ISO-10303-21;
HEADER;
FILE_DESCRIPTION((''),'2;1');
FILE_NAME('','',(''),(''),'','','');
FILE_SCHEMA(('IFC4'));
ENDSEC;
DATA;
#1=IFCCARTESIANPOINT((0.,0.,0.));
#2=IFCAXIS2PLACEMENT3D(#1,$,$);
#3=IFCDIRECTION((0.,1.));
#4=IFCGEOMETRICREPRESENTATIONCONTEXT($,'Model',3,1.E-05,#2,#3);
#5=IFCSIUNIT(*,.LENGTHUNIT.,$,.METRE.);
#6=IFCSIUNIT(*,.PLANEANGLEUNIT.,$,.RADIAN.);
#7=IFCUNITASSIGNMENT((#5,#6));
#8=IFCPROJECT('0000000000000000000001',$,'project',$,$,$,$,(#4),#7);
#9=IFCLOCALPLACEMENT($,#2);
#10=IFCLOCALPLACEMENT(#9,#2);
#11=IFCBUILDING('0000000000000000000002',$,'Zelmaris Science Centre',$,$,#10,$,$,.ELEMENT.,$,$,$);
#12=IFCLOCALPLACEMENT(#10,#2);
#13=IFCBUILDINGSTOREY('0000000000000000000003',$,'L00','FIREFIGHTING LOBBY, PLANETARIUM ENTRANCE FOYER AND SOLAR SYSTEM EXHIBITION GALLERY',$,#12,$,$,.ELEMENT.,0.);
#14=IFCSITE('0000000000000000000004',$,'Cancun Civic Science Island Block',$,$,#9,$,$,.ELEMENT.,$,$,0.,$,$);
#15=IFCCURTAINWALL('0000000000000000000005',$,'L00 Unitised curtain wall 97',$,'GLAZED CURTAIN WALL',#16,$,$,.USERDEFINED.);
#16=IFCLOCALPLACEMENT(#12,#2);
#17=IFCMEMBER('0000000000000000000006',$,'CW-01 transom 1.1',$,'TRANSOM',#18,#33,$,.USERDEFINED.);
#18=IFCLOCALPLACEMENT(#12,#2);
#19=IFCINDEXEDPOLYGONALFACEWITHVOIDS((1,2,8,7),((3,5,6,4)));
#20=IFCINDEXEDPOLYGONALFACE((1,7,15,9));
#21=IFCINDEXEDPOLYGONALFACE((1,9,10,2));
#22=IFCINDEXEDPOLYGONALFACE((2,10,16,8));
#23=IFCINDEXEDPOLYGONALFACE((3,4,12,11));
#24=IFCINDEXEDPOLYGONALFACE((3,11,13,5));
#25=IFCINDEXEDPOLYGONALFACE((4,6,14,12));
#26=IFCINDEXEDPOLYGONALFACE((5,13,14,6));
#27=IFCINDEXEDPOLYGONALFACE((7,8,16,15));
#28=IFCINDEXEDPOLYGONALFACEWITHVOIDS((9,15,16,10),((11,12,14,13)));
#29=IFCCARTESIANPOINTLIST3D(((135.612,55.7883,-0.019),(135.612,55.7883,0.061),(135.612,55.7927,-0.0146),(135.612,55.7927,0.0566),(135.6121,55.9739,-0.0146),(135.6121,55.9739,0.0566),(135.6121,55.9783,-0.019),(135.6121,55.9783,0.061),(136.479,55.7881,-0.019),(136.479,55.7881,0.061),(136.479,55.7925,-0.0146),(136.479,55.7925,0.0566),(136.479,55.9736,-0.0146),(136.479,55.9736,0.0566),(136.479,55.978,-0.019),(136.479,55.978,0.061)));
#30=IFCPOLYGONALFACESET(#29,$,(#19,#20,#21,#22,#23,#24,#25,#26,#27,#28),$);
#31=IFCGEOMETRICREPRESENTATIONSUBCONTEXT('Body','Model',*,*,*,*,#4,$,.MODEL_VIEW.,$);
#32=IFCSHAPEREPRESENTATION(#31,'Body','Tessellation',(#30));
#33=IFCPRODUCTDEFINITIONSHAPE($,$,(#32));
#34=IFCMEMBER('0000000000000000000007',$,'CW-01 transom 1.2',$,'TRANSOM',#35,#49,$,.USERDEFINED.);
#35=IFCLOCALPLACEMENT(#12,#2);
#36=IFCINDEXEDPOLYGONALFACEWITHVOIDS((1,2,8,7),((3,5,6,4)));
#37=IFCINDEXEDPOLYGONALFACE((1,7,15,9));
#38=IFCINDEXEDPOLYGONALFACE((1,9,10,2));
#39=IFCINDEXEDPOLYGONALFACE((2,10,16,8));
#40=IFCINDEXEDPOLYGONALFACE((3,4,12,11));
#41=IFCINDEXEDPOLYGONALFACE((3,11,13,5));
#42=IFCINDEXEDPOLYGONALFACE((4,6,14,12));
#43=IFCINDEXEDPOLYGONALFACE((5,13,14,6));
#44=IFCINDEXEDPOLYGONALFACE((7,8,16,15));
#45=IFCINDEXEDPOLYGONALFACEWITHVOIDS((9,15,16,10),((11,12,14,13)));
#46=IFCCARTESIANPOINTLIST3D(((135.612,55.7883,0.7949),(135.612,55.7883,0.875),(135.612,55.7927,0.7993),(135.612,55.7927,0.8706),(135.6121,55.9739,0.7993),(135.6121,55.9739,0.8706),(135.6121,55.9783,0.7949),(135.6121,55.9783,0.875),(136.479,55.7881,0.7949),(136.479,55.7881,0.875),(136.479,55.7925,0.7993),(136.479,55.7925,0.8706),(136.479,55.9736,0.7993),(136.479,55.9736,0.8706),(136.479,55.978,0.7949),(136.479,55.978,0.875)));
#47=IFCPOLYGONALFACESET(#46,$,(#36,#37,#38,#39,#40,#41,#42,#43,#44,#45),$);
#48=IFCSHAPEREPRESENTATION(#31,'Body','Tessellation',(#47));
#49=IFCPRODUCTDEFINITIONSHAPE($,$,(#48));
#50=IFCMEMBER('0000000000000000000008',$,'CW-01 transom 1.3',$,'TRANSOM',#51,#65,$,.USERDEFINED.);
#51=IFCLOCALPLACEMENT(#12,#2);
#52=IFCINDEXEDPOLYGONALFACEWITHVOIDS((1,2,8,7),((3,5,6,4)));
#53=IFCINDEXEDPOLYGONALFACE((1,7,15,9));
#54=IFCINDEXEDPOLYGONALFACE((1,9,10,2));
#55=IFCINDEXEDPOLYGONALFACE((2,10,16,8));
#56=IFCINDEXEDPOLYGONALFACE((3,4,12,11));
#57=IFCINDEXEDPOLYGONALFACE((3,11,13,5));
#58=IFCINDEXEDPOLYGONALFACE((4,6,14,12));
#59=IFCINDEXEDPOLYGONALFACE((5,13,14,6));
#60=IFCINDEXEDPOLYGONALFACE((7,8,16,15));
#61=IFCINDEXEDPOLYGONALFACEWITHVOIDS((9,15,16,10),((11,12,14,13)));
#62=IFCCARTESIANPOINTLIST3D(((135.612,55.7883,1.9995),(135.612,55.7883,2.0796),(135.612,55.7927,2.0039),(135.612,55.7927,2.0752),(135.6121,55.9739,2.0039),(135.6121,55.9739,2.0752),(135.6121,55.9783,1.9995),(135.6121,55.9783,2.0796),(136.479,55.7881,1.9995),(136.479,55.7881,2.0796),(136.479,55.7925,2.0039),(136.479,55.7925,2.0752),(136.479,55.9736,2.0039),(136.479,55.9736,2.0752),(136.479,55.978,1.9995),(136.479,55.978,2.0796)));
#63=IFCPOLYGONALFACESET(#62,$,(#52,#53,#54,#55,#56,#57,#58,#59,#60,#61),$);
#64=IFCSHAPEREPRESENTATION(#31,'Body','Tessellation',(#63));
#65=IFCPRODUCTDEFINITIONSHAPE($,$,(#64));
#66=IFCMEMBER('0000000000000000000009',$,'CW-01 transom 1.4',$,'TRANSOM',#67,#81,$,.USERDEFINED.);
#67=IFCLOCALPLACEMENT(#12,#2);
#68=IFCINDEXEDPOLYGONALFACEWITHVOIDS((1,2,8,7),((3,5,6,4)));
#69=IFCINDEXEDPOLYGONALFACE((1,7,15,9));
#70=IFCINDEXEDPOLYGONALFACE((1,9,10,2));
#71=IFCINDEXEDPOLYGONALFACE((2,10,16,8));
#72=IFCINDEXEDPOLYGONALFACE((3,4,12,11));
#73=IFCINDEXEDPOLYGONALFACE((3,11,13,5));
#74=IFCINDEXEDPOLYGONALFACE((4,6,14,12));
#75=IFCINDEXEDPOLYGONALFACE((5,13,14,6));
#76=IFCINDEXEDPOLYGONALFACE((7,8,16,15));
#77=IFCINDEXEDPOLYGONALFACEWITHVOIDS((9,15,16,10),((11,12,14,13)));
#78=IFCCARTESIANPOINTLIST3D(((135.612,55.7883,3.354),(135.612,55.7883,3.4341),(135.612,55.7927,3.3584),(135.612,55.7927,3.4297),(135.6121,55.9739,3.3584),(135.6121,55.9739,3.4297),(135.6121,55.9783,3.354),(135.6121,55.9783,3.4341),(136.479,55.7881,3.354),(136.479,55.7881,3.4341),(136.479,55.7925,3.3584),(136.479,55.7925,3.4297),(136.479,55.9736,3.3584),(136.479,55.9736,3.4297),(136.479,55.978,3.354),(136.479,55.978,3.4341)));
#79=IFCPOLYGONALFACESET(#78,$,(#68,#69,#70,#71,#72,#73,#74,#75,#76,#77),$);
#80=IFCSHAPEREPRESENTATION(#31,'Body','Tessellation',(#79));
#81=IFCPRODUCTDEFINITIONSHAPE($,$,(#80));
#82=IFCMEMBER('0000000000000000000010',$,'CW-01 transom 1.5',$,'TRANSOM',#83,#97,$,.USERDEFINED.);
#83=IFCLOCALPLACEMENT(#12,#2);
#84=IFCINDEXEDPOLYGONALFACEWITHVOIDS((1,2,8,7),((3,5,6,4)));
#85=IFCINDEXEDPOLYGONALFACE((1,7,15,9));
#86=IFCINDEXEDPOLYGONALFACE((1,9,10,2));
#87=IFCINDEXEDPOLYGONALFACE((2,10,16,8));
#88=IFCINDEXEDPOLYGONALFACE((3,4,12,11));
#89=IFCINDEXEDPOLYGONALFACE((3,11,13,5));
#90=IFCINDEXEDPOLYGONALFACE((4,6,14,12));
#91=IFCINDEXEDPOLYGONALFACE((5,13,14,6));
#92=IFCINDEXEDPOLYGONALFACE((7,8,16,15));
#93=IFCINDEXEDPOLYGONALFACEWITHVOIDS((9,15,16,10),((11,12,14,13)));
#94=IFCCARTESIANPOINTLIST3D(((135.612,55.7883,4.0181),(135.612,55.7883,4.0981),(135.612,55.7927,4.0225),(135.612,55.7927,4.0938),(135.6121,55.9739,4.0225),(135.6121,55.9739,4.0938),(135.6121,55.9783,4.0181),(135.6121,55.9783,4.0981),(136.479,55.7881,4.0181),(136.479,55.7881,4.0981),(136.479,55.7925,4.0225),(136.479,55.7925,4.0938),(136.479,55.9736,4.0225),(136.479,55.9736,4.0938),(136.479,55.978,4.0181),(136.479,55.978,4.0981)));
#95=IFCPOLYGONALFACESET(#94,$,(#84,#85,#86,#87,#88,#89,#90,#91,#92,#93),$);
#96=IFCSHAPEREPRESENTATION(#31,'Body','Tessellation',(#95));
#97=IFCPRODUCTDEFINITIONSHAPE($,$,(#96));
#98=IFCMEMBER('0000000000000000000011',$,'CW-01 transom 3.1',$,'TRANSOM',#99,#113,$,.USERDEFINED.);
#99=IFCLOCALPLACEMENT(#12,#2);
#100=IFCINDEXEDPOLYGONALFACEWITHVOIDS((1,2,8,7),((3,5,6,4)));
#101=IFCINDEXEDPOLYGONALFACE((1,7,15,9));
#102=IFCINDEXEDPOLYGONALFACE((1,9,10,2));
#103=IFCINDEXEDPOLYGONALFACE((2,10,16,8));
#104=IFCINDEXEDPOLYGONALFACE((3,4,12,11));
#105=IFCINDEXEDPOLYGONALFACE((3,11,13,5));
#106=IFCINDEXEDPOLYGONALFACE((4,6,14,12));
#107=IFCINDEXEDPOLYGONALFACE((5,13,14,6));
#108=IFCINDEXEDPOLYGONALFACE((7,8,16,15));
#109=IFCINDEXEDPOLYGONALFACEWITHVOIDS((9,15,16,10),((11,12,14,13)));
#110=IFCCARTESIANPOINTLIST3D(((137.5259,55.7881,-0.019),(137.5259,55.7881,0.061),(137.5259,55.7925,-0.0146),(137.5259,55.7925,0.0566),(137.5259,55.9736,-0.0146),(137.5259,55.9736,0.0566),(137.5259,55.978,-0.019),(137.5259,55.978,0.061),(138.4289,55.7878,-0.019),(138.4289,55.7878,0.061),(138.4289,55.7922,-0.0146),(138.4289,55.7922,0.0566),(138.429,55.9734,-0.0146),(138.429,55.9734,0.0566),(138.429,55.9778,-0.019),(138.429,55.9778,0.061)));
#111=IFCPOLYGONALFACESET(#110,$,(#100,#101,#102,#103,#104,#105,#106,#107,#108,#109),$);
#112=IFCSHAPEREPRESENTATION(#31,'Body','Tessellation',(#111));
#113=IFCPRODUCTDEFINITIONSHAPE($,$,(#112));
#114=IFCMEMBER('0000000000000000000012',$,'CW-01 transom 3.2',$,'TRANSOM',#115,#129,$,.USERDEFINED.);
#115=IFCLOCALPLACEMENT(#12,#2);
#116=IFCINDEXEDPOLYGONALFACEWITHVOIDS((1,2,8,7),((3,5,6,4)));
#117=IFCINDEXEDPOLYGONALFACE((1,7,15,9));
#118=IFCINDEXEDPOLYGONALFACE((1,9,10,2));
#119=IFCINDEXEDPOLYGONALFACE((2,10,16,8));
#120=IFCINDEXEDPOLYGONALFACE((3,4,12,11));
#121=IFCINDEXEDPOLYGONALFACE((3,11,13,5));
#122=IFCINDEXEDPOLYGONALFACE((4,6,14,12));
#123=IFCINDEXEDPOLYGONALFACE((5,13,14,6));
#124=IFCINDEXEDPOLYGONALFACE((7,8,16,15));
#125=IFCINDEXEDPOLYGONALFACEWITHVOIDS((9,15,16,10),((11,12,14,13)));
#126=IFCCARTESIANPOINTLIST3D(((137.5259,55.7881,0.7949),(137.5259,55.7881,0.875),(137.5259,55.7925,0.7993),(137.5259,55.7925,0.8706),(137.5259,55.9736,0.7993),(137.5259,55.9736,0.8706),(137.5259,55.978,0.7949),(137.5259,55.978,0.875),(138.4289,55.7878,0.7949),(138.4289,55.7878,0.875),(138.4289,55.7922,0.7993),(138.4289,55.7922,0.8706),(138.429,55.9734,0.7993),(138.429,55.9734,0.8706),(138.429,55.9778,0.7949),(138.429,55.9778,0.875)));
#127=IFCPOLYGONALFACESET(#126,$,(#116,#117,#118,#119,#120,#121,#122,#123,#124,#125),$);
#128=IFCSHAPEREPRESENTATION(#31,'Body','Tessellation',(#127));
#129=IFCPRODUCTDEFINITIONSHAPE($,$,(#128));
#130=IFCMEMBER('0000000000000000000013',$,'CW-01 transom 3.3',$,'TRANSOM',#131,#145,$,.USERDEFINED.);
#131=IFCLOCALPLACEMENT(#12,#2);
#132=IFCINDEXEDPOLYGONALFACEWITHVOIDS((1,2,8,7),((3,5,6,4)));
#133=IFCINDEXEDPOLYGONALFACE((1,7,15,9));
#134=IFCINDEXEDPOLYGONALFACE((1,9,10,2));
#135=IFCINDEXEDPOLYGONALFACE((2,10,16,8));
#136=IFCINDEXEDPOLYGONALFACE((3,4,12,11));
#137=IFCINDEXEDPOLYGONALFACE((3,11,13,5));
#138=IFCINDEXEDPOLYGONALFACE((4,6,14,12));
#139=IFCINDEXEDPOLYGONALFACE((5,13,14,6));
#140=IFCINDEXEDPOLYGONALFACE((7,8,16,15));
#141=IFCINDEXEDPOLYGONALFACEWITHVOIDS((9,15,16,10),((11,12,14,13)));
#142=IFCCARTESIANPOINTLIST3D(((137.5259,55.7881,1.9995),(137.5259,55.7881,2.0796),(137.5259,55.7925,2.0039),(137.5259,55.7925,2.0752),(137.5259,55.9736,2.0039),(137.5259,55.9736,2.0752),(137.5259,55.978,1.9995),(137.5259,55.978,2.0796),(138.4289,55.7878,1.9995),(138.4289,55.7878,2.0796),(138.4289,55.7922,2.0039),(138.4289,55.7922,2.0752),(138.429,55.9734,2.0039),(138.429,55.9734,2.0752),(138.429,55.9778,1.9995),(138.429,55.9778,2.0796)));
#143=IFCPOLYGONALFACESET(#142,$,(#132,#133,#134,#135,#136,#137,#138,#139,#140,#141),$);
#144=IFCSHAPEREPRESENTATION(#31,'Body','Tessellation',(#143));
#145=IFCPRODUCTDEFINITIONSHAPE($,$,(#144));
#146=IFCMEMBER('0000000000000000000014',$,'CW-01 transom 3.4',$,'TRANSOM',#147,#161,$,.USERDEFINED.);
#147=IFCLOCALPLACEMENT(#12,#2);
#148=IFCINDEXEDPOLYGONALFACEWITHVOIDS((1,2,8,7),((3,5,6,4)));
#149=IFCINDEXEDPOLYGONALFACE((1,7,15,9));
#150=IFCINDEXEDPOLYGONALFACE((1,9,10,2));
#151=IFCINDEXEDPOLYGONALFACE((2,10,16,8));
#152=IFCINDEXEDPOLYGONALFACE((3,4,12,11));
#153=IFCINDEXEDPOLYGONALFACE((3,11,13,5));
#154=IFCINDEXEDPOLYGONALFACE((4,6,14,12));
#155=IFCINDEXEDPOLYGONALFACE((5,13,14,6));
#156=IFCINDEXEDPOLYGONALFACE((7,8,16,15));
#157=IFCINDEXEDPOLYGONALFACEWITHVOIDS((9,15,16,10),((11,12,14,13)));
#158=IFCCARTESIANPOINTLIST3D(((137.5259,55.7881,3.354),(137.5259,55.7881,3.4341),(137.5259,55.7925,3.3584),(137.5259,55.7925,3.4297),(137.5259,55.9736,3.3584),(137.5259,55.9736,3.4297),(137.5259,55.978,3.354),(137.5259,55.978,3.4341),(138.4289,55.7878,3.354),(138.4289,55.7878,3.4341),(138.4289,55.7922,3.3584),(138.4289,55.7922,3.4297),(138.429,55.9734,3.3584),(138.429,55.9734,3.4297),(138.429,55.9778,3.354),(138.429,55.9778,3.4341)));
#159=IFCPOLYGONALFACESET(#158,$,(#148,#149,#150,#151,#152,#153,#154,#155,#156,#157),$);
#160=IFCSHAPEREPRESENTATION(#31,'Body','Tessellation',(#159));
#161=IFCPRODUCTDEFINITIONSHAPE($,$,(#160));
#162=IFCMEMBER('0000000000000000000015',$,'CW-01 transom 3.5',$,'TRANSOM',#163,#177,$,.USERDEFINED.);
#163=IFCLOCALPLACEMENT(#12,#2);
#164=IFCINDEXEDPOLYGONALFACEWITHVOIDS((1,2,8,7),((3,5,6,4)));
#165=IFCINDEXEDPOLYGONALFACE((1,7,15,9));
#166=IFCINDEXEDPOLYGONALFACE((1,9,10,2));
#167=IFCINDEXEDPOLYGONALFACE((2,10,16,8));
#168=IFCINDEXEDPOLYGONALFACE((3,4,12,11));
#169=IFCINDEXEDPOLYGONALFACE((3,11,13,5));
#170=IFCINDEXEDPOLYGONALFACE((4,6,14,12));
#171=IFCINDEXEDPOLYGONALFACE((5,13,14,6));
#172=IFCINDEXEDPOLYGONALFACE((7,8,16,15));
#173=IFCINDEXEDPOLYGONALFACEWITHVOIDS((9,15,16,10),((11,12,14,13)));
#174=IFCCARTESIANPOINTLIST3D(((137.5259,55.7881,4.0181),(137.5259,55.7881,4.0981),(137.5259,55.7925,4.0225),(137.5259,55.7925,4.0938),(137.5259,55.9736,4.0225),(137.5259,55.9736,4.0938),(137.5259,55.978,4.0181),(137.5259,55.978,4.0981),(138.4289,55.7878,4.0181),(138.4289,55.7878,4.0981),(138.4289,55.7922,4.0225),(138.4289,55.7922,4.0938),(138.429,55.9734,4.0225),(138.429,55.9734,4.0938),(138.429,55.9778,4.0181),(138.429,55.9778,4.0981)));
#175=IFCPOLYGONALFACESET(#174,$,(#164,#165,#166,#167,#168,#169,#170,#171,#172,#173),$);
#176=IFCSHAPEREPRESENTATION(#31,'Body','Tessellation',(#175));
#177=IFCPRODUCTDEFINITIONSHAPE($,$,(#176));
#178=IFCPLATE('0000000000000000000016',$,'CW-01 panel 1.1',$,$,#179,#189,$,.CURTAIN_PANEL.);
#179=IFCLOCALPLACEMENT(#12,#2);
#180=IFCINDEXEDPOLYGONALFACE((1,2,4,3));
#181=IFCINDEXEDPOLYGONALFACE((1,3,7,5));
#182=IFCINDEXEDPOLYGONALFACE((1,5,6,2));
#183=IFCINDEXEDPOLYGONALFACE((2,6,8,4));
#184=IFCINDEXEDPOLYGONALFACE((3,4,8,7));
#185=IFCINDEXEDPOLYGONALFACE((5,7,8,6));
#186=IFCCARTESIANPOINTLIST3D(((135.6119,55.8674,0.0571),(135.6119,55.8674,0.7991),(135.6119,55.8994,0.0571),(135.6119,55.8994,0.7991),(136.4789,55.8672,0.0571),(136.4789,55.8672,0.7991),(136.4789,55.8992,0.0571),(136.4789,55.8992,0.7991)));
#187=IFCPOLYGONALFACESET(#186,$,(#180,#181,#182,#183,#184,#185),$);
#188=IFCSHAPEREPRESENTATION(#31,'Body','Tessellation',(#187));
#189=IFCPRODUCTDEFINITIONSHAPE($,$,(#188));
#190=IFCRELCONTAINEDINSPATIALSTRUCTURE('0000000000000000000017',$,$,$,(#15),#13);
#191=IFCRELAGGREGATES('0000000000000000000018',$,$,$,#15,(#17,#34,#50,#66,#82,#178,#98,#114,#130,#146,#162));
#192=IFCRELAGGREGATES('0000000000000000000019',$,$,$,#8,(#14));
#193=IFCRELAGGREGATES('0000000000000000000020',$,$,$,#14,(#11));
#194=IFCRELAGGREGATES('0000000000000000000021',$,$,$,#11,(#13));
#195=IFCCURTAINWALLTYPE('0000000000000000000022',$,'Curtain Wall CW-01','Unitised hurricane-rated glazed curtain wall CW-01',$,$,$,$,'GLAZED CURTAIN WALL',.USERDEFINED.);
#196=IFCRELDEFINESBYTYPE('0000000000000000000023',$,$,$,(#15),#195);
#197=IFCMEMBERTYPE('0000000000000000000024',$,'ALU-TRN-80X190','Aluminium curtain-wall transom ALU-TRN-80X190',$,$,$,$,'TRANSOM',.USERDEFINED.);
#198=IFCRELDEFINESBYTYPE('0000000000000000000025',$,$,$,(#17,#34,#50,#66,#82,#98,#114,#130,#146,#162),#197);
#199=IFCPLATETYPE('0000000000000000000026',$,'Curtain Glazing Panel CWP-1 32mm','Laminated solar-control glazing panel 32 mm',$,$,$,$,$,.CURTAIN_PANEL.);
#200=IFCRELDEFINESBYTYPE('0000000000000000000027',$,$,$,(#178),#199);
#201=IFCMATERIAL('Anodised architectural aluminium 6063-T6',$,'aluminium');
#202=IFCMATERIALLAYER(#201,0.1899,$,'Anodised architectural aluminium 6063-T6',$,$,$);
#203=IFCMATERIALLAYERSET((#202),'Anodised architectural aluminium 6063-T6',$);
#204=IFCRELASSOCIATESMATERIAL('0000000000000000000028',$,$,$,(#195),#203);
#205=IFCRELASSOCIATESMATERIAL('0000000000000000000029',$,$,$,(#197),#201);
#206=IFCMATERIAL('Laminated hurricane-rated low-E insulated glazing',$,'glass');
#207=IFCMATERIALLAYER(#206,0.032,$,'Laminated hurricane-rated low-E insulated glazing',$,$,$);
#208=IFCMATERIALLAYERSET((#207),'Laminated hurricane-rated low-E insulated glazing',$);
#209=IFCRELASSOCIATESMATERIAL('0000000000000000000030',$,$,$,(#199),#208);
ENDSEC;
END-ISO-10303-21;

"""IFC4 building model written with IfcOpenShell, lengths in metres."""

from ifc_helpers import new_model, si_unit, direction, frame, origin, origin_2d, place, context, subcontext, project, spatial, rectangle, hollow_rectangle, extrude, material, layer, layer_set, material_profile, profile_set, type_object, element, aggregate, save


model = new_model("IFC4")

# Units and contexts
model_context = context("Model", 3, precision=1e-05, world=origin(), true_north=direction((0.0, 1.0)))
body_context = subcontext(model_context, "Body", "Model", "MODEL_VIEW")
ifc_project = project(units=[si_unit("LENGTHUNIT", "METRE"), si_unit("PLANEANGLEUNIT", "RADIAN")], contexts=[model_context])

# Site, building, storey
site_placement = place(None, origin())
site = spatial("IfcSite", under=ifc_project, at=site_placement, Name="Cancun Civic Science Island Block", CompositionType="ELEMENT", RefElevation=0.0)
building_placement = place(site_placement, origin())
building = spatial("IfcBuilding", under=site, at=building_placement, Name="Zelmaris Science Centre", CompositionType="ELEMENT")
storey_placement = place(building_placement, origin())
storey = spatial("IfcBuildingStorey", under=building, at=storey_placement, Name="L00", Description="FIREFIGHTING LOBBY, PLANETARIUM ENTRANCE FOYER AND SOLAR SYSTEM EXHIBITION GALLERY", CompositionType="ELEMENT", Elevation=0.0)

# Curtain wall
ifc_material_1 = material(Name="Anodised architectural aluminium 6063-T6", Category="aluminium")
ifc_layer_1 = layer(ifc_material_1, 0.1899, Name="Anodised architectural aluminium 6063-T6")
ifc_layer_set_1 = layer_set([ifc_layer_1], Name="Anodised architectural aluminium 6063-T6")
curtain_wall_type_1 = type_object("IfcCurtainWallType", Name="Curtain Wall CW-01", Description="Unitised hurricane-rated glazed curtain wall CW-01", ElementType="GLAZED CURTAIN WALL", PredefinedType="USERDEFINED", material=ifc_layer_set_1)
curtain_wall_1_placement = place(storey_placement, origin())
curtain_wall_1 = element("IfcCurtainWall", 1, at=curtain_wall_1_placement, inside=storey, type_object=curtain_wall_type_1, Name="L00 Unitised curtain wall 97", ObjectType="GLAZED CURTAIN WALL", PredefinedType="USERDEFINED")

# Members
ifc_material_profile_1 = material_profile(ifc_material_1, hollow_rectangle(XDim=0.0801, YDim=0.1899, WallThickness=0.0044, at=origin_2d()), Name="ALU-TRN-80X190")
ifc_profile_set_1 = profile_set([ifc_material_profile_1], Name="Anodised architectural aluminium 6063-T6")
member_type_1 = type_object("IfcMemberType", Name="ALU-TRN-80X190", Description="Aluminium curtain-wall transom ALU-TRN-80X190", ElementType="TRANSOM", PredefinedType="USERDEFINED", material=ifc_profile_set_1)
member_1_placement = place(storey_placement, frame((135.6121, 55.8833, 0.021), z_axis=(1.0, -0.000282, 0.0), x_axis=(0.0, 0.0, 1.0)))
member_1 = element("IfcMember", 2, at=member_1_placement, type_object=member_type_1, Name="CW-01 transom 1.1", ObjectType="TRANSOM", PredefinedType="USERDEFINED", context=body_context, shape_type="SweptSolid", body=[
    extrude(hollow_rectangle(XDim=0.0801, YDim=0.1899, WallThickness=0.0044, at=origin_2d()), origin(), (0.0, 0.0, 1.0), 0.8669),
])
member_2_placement = place(storey_placement, frame((135.6121, 55.8833, 0.835), z_axis=(1.0, -0.000282, 0.0), x_axis=(0.0, 0.0, 1.0)))
member_2 = element("IfcMember", 3, at=member_2_placement, type_object=member_type_1, Name="CW-01 transom 1.2", ObjectType="TRANSOM", PredefinedType="USERDEFINED", context=body_context, shape_type="SweptSolid", body=[
    extrude(hollow_rectangle(XDim=0.0801, YDim=0.1899, WallThickness=0.0044, at=origin_2d()), origin(), (0.0, 0.0, 1.0), 0.8669),
])
member_3_placement = place(storey_placement, frame((135.6121, 55.8833, 2.0396), z_axis=(1.0, -0.000282, 0.0), x_axis=(0.0, 0.0, 1.0)))
member_3 = element("IfcMember", 4, at=member_3_placement, type_object=member_type_1, Name="CW-01 transom 1.3", ObjectType="TRANSOM", PredefinedType="USERDEFINED", context=body_context, shape_type="SweptSolid", body=[
    extrude(hollow_rectangle(XDim=0.0801, YDim=0.1899, WallThickness=0.0044, at=origin_2d()), origin(), (0.0, 0.0, 1.0), 0.8669),
])
member_4_placement = place(storey_placement, frame((135.6121, 55.8833, 3.394), z_axis=(1.0, -0.000282, 0.0), x_axis=(0.0, 0.0, 1.0)))
member_4 = element("IfcMember", 5, at=member_4_placement, type_object=member_type_1, Name="CW-01 transom 1.4", ObjectType="TRANSOM", PredefinedType="USERDEFINED", context=body_context, shape_type="SweptSolid", body=[
    extrude(hollow_rectangle(XDim=0.0801, YDim=0.1899, WallThickness=0.0044, at=origin_2d()), origin(), (0.0, 0.0, 1.0), 0.8669),
])
member_5_placement = place(storey_placement, frame((135.6121, 55.8833, 4.0581), z_axis=(1.0, -0.000282, 0.0), x_axis=(0.0, 0.0, 1.0)))
member_5 = element("IfcMember", 6, at=member_5_placement, type_object=member_type_1, Name="CW-01 transom 1.5", ObjectType="TRANSOM", PredefinedType="USERDEFINED", context=body_context, shape_type="SweptSolid", body=[
    extrude(hollow_rectangle(XDim=0.0801, YDim=0.1899, WallThickness=0.0044, at=origin_2d()), origin(), (0.0, 0.0, 1.0), 0.8669),
])
member_6_placement = place(storey_placement, frame((137.5259, 55.8831, 0.021), z_axis=(1.0, -0.00027, 0.0), x_axis=(0.0, 0.0, 1.0)))
member_6 = element("IfcMember", 7, at=member_6_placement, type_object=member_type_1, Name="CW-01 transom 3.1", ObjectType="TRANSOM", PredefinedType="USERDEFINED", context=body_context, shape_type="SweptSolid", body=[
    extrude(hollow_rectangle(XDim=0.0801, YDim=0.1899, WallThickness=0.0044, at=origin_2d()), origin(), (0.0, 0.0, 1.0), 0.9031),
])
member_7_placement = place(storey_placement, frame((137.5259, 55.8831, 0.835), z_axis=(1.0, -0.00027, 0.0), x_axis=(0.0, 0.0, 1.0)))
member_7 = element("IfcMember", 8, at=member_7_placement, type_object=member_type_1, Name="CW-01 transom 3.2", ObjectType="TRANSOM", PredefinedType="USERDEFINED", context=body_context, shape_type="SweptSolid", body=[
    extrude(hollow_rectangle(XDim=0.0801, YDim=0.1899, WallThickness=0.0044, at=origin_2d()), origin(), (0.0, 0.0, 1.0), 0.9031),
])
member_8_placement = place(storey_placement, frame((137.5259, 55.8831, 2.0396), z_axis=(1.0, -0.00027, 0.0), x_axis=(0.0, 0.0, 1.0)))
member_8 = element("IfcMember", 9, at=member_8_placement, type_object=member_type_1, Name="CW-01 transom 3.3", ObjectType="TRANSOM", PredefinedType="USERDEFINED", context=body_context, shape_type="SweptSolid", body=[
    extrude(hollow_rectangle(XDim=0.0801, YDim=0.1899, WallThickness=0.0044, at=origin_2d()), origin(), (0.0, 0.0, 1.0), 0.9031),
])
member_9_placement = place(storey_placement, frame((137.5259, 55.8831, 3.394), z_axis=(1.0, -0.00027, 0.0), x_axis=(0.0, 0.0, 1.0)))
member_9 = element("IfcMember", 10, at=member_9_placement, type_object=member_type_1, Name="CW-01 transom 3.4", ObjectType="TRANSOM", PredefinedType="USERDEFINED", context=body_context, shape_type="SweptSolid", body=[
    extrude(hollow_rectangle(XDim=0.0801, YDim=0.1899, WallThickness=0.0044, at=origin_2d()), origin(), (0.0, 0.0, 1.0), 0.9031),
])
member_10_placement = place(storey_placement, frame((137.5259, 55.8831, 4.0581), z_axis=(1.0, -0.00027, 0.0), x_axis=(0.0, 0.0, 1.0)))
member_10 = element("IfcMember", 11, at=member_10_placement, type_object=member_type_1, Name="CW-01 transom 3.5", ObjectType="TRANSOM", PredefinedType="USERDEFINED", context=body_context, shape_type="SweptSolid", body=[
    extrude(hollow_rectangle(XDim=0.0801, YDim=0.1899, WallThickness=0.0044, at=origin_2d()), origin(), (0.0, 0.0, 1.0), 0.9031),
])

# Plate
ifc_material_2 = material(Name="Laminated hurricane-rated low-E insulated glazing", Category="glass")
ifc_layer_2 = layer(ifc_material_2, 0.032, Name="Laminated hurricane-rated low-E insulated glazing")
ifc_layer_set_2 = layer_set([ifc_layer_2], Name="Laminated hurricane-rated low-E insulated glazing")
plate_type_1 = type_object("IfcPlateType", Name="Curtain Glazing Panel CWP-1 32mm", Description="Laminated solar-control glazing panel 32 mm", PredefinedType="CURTAIN_PANEL", material=ifc_layer_set_2)
plate_1_placement = place(storey_placement, frame((136.0454, 55.8833, 0.0571), z_axis=(0.0, 0.0, 1.0), x_axis=(1.0, -0.000179, 0.0)))
plate_1 = element("IfcPlate", 12, at=plate_1_placement, type_object=plate_type_1, Name="CW-01 panel 1.1", PredefinedType="CURTAIN_PANEL", context=body_context, shape_type="SweptSolid", body=[
    extrude(rectangle(XDim=0.8669, YDim=0.032, at=origin_2d()), origin(), (0.0, 0.0, 1.0), 0.7419),
])
aggregate(curtain_wall_1, [member_1, member_2, member_3, member_4, member_5, plate_1, member_6, member_7, member_8, member_9, member_10])

save(model, "model.ifc")
